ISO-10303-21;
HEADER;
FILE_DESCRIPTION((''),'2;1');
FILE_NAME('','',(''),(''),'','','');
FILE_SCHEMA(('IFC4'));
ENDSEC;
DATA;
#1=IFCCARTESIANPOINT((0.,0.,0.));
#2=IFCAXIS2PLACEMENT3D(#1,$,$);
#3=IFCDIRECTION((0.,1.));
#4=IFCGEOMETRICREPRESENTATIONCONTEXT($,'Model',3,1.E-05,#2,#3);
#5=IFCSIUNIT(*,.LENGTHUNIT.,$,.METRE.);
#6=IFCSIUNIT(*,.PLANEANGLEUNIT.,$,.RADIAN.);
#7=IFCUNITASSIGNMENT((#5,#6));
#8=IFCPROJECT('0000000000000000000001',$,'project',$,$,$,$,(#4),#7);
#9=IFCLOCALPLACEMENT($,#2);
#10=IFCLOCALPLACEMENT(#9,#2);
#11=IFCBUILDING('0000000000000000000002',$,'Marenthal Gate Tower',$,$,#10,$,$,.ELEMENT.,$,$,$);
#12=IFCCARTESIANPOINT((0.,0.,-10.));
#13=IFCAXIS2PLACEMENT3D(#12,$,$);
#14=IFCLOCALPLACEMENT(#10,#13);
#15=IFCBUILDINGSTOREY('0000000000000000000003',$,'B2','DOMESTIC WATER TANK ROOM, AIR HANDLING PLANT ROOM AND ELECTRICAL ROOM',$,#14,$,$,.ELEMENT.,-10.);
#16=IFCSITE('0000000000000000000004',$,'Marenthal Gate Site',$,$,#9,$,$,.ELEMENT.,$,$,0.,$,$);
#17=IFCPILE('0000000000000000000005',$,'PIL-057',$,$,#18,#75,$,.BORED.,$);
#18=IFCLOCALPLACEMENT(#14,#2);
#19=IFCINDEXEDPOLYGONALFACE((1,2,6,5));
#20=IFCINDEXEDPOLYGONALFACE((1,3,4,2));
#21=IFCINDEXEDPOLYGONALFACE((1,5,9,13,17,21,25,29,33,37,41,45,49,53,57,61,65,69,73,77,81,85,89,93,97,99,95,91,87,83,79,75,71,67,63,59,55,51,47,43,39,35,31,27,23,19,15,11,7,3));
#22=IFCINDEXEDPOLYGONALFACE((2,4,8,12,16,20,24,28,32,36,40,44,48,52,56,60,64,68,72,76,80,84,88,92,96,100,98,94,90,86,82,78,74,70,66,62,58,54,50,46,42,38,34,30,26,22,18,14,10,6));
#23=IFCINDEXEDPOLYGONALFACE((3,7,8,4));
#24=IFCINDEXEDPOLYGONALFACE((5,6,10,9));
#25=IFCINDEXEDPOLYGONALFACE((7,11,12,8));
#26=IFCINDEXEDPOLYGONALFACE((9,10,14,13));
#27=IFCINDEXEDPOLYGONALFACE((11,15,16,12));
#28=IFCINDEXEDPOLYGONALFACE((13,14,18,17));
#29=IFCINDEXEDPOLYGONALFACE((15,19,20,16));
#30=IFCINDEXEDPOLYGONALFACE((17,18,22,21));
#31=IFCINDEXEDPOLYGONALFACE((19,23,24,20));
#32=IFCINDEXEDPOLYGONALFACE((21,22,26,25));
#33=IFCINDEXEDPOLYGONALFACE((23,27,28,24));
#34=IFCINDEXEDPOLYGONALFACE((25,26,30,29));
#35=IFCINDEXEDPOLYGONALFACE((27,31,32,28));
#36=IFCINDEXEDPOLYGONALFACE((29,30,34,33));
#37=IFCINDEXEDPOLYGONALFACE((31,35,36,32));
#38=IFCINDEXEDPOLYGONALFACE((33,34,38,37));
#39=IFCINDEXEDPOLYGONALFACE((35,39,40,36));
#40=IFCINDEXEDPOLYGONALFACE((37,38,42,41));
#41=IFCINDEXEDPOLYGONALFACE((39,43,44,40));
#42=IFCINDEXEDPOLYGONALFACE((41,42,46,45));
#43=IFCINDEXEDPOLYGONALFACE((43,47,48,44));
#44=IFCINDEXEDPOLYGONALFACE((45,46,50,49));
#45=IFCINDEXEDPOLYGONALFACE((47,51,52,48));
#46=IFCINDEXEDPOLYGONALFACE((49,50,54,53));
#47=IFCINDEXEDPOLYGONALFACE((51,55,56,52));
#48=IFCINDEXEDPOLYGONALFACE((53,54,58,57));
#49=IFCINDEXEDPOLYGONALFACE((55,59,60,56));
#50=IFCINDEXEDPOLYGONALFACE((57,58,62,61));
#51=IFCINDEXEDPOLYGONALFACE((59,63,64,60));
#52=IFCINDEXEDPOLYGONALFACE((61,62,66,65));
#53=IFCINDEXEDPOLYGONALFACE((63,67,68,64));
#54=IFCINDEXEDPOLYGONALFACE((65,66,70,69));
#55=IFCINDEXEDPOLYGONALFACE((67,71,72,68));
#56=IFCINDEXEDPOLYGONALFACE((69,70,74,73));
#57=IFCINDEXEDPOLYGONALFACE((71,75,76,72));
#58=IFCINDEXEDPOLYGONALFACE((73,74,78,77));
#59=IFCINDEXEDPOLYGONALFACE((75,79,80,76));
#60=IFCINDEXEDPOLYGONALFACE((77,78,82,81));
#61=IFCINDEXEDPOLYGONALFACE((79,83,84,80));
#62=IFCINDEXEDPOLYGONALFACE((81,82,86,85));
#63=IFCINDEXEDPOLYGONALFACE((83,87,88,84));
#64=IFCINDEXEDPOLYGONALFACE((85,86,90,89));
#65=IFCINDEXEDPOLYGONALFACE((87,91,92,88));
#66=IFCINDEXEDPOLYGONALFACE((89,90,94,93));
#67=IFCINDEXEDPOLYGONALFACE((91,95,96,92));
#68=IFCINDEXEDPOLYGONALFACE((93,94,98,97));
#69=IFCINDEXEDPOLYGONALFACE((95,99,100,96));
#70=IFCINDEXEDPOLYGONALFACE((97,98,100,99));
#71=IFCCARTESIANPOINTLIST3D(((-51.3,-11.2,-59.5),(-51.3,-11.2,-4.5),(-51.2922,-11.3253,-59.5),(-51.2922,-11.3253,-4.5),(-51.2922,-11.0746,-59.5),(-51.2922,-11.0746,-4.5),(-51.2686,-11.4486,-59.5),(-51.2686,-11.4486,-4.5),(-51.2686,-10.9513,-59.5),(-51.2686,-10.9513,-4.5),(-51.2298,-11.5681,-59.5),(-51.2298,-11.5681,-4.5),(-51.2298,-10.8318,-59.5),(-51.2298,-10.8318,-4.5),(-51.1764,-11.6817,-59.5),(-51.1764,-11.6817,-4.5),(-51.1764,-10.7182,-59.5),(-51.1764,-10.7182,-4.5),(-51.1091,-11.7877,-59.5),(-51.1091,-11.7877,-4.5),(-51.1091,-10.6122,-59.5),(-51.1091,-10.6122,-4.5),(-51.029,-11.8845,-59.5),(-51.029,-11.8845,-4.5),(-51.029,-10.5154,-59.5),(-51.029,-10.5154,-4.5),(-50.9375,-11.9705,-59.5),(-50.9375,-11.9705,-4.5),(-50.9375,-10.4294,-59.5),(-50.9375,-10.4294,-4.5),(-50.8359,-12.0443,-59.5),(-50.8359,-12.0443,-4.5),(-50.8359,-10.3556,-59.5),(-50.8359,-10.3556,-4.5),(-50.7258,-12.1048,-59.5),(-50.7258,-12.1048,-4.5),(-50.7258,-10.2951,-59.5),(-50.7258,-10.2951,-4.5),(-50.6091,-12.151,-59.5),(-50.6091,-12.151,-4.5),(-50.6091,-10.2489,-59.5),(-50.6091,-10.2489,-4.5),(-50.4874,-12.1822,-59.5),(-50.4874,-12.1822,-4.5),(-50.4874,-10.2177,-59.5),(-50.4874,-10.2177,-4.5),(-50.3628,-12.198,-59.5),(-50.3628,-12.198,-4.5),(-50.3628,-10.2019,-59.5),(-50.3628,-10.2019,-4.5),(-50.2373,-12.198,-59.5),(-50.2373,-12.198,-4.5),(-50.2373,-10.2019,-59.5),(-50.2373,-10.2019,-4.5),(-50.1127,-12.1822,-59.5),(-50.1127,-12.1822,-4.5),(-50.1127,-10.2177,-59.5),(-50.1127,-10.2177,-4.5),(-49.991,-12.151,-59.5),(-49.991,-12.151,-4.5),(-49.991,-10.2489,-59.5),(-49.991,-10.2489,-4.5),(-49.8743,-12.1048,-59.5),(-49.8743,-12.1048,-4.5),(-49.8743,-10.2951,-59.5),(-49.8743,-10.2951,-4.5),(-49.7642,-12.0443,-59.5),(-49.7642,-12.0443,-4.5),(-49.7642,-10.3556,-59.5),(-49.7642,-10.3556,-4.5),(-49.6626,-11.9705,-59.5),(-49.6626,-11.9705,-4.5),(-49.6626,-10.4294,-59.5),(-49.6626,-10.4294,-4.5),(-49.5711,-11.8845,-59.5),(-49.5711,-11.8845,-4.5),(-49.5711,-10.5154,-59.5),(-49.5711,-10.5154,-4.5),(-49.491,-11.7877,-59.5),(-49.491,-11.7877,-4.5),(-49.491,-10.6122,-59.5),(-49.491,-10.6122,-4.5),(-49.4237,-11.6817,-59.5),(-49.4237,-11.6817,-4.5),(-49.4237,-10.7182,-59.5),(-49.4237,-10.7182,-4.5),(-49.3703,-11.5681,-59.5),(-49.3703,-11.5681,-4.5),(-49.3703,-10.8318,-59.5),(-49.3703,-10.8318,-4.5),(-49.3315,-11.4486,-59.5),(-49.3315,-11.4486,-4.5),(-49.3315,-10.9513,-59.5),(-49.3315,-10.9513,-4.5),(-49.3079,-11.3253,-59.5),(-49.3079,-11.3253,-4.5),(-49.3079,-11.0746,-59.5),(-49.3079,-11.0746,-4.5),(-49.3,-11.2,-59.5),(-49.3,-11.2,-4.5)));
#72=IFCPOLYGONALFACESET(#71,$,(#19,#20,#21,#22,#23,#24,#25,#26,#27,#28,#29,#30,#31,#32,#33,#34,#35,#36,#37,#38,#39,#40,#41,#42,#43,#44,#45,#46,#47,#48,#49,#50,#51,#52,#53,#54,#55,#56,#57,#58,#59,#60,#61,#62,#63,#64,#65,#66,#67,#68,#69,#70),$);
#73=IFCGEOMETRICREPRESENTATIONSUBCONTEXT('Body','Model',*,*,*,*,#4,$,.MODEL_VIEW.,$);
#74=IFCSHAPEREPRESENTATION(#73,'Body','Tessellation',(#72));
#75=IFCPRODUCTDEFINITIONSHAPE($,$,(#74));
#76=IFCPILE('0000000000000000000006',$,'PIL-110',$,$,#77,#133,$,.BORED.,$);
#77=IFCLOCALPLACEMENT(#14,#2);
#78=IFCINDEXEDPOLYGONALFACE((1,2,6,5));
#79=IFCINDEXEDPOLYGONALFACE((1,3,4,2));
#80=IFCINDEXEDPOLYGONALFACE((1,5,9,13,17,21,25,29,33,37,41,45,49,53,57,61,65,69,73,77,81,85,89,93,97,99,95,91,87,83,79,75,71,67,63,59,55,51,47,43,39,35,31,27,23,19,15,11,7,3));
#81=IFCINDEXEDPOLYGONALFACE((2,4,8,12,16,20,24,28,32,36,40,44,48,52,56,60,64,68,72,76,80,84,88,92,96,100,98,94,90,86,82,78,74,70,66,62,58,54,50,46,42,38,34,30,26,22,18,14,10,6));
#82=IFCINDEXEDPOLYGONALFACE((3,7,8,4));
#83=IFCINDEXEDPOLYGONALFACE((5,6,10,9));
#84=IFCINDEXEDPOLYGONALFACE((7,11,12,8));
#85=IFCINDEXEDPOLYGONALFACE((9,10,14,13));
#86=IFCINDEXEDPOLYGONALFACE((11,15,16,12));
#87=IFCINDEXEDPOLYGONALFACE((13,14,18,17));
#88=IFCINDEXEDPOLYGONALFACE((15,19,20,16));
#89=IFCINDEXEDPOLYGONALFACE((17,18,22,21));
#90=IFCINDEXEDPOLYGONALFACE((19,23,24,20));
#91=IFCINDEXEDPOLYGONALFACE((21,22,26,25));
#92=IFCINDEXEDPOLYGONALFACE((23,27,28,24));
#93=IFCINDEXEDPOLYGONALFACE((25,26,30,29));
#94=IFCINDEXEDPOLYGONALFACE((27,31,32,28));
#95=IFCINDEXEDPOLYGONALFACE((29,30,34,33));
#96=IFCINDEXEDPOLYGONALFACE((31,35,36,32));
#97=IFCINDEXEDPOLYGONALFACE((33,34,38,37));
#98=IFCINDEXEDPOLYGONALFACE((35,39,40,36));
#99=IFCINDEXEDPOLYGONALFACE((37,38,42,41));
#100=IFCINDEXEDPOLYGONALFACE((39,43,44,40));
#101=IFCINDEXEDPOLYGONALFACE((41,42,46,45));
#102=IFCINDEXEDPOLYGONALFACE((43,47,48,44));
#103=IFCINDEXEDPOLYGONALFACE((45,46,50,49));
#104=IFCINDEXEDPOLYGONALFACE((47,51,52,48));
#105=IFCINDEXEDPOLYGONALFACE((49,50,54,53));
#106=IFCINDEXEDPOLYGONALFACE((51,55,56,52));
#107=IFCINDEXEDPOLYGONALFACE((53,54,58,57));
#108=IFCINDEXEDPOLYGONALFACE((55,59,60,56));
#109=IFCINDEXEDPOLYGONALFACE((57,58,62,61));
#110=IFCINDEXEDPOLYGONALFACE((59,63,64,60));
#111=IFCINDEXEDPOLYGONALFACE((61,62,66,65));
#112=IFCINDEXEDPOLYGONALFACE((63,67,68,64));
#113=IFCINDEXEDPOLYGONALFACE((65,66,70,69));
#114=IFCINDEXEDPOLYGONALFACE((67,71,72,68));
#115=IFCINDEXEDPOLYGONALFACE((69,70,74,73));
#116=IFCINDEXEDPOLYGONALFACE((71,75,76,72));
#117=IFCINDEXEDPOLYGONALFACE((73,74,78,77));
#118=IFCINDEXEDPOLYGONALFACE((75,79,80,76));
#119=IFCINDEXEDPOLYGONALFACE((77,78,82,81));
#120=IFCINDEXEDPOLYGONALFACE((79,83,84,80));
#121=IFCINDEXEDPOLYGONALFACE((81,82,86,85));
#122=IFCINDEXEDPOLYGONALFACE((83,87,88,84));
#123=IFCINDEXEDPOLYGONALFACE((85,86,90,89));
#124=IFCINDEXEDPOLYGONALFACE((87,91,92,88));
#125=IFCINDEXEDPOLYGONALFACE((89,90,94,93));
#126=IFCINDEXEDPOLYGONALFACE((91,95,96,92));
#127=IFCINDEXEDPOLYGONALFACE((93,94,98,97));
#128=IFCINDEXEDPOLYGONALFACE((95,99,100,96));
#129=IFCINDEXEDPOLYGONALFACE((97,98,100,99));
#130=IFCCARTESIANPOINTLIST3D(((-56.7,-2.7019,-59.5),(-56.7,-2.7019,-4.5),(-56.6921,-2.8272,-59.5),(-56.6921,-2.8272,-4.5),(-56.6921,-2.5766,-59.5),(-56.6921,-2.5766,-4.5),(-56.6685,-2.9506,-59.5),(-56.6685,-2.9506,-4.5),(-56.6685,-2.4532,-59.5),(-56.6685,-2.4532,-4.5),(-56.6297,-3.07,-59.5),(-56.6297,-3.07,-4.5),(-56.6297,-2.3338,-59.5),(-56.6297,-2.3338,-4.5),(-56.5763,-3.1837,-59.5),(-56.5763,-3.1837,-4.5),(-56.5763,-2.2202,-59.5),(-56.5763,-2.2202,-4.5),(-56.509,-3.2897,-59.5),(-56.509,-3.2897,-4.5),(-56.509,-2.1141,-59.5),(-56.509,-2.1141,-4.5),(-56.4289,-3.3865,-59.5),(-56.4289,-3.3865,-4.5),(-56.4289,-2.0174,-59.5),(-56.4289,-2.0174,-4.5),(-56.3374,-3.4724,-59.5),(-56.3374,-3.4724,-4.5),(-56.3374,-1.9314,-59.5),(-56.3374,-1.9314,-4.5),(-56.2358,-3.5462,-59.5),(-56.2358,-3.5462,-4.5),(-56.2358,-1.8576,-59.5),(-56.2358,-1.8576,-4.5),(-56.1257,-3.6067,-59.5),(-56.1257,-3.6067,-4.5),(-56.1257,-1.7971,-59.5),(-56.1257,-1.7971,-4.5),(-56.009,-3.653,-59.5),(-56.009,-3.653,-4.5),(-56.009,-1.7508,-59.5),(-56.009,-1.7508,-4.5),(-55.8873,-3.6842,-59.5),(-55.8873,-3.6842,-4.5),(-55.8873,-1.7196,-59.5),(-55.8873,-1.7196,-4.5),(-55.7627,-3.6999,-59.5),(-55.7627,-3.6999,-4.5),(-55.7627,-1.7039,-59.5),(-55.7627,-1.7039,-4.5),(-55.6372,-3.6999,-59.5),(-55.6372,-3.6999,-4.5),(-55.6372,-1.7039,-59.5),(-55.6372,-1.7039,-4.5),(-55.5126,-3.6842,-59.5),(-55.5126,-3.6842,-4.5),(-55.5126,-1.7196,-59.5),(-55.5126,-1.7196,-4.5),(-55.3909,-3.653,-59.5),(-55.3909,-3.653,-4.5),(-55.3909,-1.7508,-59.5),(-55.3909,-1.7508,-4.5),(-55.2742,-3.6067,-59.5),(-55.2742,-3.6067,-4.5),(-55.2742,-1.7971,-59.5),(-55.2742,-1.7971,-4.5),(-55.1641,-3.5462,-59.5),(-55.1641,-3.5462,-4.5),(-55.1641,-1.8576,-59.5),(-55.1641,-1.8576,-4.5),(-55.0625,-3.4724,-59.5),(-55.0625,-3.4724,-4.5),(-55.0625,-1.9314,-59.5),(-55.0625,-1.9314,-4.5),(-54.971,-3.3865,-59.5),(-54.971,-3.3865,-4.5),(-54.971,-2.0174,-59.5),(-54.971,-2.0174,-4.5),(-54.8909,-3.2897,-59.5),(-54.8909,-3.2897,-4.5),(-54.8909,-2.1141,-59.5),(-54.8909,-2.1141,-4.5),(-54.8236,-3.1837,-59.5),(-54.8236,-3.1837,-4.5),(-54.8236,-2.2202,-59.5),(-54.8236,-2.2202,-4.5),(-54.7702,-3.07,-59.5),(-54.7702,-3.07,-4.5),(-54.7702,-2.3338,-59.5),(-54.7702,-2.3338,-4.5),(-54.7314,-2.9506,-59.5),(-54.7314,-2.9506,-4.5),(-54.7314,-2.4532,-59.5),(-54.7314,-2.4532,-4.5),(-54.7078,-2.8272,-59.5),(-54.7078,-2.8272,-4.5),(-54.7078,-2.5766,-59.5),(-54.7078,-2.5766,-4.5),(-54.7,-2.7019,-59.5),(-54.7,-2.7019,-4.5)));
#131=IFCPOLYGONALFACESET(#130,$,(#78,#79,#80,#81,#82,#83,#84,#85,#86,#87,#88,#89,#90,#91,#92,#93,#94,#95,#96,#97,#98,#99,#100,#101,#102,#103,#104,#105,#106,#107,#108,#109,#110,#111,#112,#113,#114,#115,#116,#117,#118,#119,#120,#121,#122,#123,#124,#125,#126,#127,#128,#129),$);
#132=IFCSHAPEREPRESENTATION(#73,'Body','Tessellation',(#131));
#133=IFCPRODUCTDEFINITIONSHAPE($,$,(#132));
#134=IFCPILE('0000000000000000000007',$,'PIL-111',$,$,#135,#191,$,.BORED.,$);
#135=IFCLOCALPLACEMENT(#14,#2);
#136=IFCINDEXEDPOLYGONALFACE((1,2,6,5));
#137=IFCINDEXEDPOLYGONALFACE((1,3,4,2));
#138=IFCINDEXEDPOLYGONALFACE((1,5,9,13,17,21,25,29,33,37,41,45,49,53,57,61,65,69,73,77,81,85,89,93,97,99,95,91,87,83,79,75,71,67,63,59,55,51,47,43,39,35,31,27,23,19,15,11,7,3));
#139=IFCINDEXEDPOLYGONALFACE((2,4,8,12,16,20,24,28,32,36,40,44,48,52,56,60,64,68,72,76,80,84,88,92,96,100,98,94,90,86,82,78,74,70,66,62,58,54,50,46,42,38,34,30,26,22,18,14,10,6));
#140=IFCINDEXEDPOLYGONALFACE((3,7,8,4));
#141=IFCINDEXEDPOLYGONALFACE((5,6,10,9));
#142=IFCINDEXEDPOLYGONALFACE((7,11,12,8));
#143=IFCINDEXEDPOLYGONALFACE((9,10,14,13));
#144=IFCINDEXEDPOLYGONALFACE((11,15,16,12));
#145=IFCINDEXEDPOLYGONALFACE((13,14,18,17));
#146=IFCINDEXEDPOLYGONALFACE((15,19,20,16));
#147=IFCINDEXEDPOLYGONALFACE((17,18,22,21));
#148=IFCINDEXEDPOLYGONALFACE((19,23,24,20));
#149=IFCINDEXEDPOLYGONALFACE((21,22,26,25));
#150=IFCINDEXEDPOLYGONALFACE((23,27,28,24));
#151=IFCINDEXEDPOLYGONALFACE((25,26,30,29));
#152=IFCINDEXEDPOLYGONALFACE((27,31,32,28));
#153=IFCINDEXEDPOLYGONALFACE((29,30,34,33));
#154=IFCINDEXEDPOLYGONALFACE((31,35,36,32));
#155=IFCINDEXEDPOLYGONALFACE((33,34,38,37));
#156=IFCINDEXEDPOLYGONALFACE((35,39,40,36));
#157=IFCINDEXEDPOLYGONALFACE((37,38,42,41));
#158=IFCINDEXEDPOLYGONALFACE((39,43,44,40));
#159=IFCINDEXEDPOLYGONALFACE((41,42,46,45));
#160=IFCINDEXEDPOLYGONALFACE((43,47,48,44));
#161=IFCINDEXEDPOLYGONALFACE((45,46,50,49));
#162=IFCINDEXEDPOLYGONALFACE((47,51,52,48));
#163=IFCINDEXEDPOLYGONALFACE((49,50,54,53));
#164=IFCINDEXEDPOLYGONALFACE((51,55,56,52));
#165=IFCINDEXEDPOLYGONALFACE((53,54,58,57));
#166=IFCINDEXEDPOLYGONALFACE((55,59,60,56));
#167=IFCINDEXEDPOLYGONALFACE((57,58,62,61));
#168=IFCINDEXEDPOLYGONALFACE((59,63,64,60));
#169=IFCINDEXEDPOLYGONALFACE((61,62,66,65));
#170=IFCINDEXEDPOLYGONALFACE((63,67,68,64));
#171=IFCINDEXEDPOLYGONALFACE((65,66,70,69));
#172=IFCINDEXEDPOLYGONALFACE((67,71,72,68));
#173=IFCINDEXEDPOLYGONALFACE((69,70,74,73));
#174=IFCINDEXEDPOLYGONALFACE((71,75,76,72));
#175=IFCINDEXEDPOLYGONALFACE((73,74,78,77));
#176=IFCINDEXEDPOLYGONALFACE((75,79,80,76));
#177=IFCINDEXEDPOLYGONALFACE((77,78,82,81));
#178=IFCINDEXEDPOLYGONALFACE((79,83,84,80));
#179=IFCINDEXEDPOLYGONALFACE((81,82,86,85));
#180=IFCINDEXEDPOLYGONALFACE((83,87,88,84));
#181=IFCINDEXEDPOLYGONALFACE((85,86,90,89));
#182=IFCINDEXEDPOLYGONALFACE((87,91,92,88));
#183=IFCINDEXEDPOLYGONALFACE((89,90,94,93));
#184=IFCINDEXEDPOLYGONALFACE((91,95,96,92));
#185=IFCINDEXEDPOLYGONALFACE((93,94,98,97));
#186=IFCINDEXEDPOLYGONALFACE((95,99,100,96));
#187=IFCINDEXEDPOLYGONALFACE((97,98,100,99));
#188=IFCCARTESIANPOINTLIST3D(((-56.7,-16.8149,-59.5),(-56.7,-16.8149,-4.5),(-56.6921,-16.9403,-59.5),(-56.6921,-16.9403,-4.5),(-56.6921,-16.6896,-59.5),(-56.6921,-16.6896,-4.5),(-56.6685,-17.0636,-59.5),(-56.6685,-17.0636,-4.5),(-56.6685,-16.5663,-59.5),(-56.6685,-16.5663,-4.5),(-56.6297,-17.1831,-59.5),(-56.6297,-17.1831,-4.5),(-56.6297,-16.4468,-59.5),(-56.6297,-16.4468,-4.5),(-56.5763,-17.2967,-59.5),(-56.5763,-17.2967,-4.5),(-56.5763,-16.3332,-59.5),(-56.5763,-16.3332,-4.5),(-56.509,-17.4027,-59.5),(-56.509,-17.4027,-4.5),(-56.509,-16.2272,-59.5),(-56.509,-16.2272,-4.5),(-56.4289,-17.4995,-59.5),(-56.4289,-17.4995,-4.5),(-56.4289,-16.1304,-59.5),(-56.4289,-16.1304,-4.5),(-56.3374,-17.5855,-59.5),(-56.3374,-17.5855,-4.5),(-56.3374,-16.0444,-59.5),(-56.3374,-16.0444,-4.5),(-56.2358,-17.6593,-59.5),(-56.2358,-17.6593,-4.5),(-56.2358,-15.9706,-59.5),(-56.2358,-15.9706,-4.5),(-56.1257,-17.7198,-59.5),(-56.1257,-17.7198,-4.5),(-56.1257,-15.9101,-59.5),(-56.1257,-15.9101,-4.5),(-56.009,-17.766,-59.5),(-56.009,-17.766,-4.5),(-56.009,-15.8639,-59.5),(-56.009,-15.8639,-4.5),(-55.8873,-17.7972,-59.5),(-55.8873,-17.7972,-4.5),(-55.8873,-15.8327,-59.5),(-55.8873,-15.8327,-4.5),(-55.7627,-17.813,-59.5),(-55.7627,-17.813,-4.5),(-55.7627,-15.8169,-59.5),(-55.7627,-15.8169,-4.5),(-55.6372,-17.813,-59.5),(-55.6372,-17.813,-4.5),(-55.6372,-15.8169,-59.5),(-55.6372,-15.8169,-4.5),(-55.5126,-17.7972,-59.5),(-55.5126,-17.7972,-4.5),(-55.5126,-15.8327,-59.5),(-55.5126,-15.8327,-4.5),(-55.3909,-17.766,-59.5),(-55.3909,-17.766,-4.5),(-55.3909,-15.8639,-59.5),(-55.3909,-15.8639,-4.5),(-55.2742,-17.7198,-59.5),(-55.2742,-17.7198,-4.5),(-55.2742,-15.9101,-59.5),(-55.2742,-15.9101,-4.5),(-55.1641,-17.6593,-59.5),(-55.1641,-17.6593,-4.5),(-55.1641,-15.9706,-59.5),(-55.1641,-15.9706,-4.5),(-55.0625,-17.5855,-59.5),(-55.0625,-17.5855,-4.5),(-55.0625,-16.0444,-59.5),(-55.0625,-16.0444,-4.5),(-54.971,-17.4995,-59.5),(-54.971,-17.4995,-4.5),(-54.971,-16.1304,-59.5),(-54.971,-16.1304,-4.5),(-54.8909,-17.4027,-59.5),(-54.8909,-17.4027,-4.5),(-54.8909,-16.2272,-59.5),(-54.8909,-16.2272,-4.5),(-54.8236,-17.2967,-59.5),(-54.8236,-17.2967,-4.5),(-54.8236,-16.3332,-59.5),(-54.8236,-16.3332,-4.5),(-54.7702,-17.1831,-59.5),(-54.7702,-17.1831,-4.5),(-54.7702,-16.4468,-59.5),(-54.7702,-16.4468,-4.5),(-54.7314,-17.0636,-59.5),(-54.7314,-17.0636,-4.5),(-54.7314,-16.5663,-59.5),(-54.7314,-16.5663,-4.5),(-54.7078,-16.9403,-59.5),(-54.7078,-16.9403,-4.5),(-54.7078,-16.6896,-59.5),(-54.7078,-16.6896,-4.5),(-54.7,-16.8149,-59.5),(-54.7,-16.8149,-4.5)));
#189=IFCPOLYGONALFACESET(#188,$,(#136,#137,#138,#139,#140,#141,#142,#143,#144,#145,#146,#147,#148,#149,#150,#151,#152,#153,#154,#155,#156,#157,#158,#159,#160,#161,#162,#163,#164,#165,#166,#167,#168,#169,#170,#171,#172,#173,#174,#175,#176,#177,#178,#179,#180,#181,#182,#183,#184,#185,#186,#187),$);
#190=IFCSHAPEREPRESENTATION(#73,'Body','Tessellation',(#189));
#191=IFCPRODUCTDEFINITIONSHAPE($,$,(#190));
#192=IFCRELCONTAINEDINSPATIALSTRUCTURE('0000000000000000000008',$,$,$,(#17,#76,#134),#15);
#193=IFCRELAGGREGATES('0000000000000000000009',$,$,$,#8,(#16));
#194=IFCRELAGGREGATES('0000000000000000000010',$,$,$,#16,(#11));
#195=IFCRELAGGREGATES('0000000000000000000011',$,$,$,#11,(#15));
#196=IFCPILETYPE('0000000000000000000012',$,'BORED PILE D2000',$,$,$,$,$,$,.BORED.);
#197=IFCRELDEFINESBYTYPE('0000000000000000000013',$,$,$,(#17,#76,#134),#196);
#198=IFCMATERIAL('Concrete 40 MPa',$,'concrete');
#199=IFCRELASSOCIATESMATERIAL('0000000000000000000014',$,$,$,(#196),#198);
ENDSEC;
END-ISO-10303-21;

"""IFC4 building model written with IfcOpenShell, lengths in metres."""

from ifc_helpers import new_model, si_unit, direction, frame, origin, origin_2d, place, context, subcontext, project, spatial, circle, extrude, material, type_object, element, save


model = new_model("IFC4")

# Units and contexts
model_context = context("Model", 3, precision=1e-05, world=origin(), true_north=direction((0.0, 1.0)))
body_context = subcontext(model_context, "Body", "Model", "MODEL_VIEW")
ifc_project = project(units=[si_unit("LENGTHUNIT", "METRE"), si_unit("PLANEANGLEUNIT", "RADIAN")], contexts=[model_context])

# Site, building, storey
site_placement = place(None, origin())
site = spatial("IfcSite", under=ifc_project, at=site_placement, Name="Marenthal Gate Site", CompositionType="ELEMENT", RefElevation=0.0)
building_placement = place(site_placement, origin())
building = spatial("IfcBuilding", under=site, at=building_placement, Name="Marenthal Gate Tower", CompositionType="ELEMENT")
storey_placement = place(building_placement, frame((0.0, 0.0, -10.0)))
storey = spatial("IfcBuildingStorey", under=building, at=storey_placement, Name="B2", Description="DOMESTIC WATER TANK ROOM, AIR HANDLING PLANT ROOM AND ELECTRICAL ROOM", CompositionType="ELEMENT", Elevation=-10.0)

# Piles
ifc_material_1 = material(Name="Concrete 40 MPa", Category="concrete")
pile_type = type_object("IfcPileType", Name="BORED PILE D2000", PredefinedType="BORED", material=ifc_material_1)
for number, where, z_axis, x_axis, name in (
    (1, (-50.3, -11.2, -4.5), (0.0, 0.0, -1.0), (1.0, 0.0, 0.0), "PIL-057"),
    (2, (-55.7, -2.7019, -4.5), (0.0, 0.0, -1.0), (1.0, 0.0, 0.0), "PIL-110"),
    (3, (-55.7, -16.8149, -4.5), (0.0, 0.0, -1.0), (1.0, 0.0, 0.0), "PIL-111"),
):
    element("IfcPile", number, at=place(storey_placement, frame(where, z_axis=z_axis, x_axis=x_axis)), inside=storey, type_object=pile_type, Name=name, PredefinedType="BORED", context=body_context, shape_type="SweptSolid", body=[
        extrude(circle(Radius=1.0, at=origin_2d()), origin(), (0.0, 0.0, 1.0), 55.0),
    ])

save(model, "model.ifc")
